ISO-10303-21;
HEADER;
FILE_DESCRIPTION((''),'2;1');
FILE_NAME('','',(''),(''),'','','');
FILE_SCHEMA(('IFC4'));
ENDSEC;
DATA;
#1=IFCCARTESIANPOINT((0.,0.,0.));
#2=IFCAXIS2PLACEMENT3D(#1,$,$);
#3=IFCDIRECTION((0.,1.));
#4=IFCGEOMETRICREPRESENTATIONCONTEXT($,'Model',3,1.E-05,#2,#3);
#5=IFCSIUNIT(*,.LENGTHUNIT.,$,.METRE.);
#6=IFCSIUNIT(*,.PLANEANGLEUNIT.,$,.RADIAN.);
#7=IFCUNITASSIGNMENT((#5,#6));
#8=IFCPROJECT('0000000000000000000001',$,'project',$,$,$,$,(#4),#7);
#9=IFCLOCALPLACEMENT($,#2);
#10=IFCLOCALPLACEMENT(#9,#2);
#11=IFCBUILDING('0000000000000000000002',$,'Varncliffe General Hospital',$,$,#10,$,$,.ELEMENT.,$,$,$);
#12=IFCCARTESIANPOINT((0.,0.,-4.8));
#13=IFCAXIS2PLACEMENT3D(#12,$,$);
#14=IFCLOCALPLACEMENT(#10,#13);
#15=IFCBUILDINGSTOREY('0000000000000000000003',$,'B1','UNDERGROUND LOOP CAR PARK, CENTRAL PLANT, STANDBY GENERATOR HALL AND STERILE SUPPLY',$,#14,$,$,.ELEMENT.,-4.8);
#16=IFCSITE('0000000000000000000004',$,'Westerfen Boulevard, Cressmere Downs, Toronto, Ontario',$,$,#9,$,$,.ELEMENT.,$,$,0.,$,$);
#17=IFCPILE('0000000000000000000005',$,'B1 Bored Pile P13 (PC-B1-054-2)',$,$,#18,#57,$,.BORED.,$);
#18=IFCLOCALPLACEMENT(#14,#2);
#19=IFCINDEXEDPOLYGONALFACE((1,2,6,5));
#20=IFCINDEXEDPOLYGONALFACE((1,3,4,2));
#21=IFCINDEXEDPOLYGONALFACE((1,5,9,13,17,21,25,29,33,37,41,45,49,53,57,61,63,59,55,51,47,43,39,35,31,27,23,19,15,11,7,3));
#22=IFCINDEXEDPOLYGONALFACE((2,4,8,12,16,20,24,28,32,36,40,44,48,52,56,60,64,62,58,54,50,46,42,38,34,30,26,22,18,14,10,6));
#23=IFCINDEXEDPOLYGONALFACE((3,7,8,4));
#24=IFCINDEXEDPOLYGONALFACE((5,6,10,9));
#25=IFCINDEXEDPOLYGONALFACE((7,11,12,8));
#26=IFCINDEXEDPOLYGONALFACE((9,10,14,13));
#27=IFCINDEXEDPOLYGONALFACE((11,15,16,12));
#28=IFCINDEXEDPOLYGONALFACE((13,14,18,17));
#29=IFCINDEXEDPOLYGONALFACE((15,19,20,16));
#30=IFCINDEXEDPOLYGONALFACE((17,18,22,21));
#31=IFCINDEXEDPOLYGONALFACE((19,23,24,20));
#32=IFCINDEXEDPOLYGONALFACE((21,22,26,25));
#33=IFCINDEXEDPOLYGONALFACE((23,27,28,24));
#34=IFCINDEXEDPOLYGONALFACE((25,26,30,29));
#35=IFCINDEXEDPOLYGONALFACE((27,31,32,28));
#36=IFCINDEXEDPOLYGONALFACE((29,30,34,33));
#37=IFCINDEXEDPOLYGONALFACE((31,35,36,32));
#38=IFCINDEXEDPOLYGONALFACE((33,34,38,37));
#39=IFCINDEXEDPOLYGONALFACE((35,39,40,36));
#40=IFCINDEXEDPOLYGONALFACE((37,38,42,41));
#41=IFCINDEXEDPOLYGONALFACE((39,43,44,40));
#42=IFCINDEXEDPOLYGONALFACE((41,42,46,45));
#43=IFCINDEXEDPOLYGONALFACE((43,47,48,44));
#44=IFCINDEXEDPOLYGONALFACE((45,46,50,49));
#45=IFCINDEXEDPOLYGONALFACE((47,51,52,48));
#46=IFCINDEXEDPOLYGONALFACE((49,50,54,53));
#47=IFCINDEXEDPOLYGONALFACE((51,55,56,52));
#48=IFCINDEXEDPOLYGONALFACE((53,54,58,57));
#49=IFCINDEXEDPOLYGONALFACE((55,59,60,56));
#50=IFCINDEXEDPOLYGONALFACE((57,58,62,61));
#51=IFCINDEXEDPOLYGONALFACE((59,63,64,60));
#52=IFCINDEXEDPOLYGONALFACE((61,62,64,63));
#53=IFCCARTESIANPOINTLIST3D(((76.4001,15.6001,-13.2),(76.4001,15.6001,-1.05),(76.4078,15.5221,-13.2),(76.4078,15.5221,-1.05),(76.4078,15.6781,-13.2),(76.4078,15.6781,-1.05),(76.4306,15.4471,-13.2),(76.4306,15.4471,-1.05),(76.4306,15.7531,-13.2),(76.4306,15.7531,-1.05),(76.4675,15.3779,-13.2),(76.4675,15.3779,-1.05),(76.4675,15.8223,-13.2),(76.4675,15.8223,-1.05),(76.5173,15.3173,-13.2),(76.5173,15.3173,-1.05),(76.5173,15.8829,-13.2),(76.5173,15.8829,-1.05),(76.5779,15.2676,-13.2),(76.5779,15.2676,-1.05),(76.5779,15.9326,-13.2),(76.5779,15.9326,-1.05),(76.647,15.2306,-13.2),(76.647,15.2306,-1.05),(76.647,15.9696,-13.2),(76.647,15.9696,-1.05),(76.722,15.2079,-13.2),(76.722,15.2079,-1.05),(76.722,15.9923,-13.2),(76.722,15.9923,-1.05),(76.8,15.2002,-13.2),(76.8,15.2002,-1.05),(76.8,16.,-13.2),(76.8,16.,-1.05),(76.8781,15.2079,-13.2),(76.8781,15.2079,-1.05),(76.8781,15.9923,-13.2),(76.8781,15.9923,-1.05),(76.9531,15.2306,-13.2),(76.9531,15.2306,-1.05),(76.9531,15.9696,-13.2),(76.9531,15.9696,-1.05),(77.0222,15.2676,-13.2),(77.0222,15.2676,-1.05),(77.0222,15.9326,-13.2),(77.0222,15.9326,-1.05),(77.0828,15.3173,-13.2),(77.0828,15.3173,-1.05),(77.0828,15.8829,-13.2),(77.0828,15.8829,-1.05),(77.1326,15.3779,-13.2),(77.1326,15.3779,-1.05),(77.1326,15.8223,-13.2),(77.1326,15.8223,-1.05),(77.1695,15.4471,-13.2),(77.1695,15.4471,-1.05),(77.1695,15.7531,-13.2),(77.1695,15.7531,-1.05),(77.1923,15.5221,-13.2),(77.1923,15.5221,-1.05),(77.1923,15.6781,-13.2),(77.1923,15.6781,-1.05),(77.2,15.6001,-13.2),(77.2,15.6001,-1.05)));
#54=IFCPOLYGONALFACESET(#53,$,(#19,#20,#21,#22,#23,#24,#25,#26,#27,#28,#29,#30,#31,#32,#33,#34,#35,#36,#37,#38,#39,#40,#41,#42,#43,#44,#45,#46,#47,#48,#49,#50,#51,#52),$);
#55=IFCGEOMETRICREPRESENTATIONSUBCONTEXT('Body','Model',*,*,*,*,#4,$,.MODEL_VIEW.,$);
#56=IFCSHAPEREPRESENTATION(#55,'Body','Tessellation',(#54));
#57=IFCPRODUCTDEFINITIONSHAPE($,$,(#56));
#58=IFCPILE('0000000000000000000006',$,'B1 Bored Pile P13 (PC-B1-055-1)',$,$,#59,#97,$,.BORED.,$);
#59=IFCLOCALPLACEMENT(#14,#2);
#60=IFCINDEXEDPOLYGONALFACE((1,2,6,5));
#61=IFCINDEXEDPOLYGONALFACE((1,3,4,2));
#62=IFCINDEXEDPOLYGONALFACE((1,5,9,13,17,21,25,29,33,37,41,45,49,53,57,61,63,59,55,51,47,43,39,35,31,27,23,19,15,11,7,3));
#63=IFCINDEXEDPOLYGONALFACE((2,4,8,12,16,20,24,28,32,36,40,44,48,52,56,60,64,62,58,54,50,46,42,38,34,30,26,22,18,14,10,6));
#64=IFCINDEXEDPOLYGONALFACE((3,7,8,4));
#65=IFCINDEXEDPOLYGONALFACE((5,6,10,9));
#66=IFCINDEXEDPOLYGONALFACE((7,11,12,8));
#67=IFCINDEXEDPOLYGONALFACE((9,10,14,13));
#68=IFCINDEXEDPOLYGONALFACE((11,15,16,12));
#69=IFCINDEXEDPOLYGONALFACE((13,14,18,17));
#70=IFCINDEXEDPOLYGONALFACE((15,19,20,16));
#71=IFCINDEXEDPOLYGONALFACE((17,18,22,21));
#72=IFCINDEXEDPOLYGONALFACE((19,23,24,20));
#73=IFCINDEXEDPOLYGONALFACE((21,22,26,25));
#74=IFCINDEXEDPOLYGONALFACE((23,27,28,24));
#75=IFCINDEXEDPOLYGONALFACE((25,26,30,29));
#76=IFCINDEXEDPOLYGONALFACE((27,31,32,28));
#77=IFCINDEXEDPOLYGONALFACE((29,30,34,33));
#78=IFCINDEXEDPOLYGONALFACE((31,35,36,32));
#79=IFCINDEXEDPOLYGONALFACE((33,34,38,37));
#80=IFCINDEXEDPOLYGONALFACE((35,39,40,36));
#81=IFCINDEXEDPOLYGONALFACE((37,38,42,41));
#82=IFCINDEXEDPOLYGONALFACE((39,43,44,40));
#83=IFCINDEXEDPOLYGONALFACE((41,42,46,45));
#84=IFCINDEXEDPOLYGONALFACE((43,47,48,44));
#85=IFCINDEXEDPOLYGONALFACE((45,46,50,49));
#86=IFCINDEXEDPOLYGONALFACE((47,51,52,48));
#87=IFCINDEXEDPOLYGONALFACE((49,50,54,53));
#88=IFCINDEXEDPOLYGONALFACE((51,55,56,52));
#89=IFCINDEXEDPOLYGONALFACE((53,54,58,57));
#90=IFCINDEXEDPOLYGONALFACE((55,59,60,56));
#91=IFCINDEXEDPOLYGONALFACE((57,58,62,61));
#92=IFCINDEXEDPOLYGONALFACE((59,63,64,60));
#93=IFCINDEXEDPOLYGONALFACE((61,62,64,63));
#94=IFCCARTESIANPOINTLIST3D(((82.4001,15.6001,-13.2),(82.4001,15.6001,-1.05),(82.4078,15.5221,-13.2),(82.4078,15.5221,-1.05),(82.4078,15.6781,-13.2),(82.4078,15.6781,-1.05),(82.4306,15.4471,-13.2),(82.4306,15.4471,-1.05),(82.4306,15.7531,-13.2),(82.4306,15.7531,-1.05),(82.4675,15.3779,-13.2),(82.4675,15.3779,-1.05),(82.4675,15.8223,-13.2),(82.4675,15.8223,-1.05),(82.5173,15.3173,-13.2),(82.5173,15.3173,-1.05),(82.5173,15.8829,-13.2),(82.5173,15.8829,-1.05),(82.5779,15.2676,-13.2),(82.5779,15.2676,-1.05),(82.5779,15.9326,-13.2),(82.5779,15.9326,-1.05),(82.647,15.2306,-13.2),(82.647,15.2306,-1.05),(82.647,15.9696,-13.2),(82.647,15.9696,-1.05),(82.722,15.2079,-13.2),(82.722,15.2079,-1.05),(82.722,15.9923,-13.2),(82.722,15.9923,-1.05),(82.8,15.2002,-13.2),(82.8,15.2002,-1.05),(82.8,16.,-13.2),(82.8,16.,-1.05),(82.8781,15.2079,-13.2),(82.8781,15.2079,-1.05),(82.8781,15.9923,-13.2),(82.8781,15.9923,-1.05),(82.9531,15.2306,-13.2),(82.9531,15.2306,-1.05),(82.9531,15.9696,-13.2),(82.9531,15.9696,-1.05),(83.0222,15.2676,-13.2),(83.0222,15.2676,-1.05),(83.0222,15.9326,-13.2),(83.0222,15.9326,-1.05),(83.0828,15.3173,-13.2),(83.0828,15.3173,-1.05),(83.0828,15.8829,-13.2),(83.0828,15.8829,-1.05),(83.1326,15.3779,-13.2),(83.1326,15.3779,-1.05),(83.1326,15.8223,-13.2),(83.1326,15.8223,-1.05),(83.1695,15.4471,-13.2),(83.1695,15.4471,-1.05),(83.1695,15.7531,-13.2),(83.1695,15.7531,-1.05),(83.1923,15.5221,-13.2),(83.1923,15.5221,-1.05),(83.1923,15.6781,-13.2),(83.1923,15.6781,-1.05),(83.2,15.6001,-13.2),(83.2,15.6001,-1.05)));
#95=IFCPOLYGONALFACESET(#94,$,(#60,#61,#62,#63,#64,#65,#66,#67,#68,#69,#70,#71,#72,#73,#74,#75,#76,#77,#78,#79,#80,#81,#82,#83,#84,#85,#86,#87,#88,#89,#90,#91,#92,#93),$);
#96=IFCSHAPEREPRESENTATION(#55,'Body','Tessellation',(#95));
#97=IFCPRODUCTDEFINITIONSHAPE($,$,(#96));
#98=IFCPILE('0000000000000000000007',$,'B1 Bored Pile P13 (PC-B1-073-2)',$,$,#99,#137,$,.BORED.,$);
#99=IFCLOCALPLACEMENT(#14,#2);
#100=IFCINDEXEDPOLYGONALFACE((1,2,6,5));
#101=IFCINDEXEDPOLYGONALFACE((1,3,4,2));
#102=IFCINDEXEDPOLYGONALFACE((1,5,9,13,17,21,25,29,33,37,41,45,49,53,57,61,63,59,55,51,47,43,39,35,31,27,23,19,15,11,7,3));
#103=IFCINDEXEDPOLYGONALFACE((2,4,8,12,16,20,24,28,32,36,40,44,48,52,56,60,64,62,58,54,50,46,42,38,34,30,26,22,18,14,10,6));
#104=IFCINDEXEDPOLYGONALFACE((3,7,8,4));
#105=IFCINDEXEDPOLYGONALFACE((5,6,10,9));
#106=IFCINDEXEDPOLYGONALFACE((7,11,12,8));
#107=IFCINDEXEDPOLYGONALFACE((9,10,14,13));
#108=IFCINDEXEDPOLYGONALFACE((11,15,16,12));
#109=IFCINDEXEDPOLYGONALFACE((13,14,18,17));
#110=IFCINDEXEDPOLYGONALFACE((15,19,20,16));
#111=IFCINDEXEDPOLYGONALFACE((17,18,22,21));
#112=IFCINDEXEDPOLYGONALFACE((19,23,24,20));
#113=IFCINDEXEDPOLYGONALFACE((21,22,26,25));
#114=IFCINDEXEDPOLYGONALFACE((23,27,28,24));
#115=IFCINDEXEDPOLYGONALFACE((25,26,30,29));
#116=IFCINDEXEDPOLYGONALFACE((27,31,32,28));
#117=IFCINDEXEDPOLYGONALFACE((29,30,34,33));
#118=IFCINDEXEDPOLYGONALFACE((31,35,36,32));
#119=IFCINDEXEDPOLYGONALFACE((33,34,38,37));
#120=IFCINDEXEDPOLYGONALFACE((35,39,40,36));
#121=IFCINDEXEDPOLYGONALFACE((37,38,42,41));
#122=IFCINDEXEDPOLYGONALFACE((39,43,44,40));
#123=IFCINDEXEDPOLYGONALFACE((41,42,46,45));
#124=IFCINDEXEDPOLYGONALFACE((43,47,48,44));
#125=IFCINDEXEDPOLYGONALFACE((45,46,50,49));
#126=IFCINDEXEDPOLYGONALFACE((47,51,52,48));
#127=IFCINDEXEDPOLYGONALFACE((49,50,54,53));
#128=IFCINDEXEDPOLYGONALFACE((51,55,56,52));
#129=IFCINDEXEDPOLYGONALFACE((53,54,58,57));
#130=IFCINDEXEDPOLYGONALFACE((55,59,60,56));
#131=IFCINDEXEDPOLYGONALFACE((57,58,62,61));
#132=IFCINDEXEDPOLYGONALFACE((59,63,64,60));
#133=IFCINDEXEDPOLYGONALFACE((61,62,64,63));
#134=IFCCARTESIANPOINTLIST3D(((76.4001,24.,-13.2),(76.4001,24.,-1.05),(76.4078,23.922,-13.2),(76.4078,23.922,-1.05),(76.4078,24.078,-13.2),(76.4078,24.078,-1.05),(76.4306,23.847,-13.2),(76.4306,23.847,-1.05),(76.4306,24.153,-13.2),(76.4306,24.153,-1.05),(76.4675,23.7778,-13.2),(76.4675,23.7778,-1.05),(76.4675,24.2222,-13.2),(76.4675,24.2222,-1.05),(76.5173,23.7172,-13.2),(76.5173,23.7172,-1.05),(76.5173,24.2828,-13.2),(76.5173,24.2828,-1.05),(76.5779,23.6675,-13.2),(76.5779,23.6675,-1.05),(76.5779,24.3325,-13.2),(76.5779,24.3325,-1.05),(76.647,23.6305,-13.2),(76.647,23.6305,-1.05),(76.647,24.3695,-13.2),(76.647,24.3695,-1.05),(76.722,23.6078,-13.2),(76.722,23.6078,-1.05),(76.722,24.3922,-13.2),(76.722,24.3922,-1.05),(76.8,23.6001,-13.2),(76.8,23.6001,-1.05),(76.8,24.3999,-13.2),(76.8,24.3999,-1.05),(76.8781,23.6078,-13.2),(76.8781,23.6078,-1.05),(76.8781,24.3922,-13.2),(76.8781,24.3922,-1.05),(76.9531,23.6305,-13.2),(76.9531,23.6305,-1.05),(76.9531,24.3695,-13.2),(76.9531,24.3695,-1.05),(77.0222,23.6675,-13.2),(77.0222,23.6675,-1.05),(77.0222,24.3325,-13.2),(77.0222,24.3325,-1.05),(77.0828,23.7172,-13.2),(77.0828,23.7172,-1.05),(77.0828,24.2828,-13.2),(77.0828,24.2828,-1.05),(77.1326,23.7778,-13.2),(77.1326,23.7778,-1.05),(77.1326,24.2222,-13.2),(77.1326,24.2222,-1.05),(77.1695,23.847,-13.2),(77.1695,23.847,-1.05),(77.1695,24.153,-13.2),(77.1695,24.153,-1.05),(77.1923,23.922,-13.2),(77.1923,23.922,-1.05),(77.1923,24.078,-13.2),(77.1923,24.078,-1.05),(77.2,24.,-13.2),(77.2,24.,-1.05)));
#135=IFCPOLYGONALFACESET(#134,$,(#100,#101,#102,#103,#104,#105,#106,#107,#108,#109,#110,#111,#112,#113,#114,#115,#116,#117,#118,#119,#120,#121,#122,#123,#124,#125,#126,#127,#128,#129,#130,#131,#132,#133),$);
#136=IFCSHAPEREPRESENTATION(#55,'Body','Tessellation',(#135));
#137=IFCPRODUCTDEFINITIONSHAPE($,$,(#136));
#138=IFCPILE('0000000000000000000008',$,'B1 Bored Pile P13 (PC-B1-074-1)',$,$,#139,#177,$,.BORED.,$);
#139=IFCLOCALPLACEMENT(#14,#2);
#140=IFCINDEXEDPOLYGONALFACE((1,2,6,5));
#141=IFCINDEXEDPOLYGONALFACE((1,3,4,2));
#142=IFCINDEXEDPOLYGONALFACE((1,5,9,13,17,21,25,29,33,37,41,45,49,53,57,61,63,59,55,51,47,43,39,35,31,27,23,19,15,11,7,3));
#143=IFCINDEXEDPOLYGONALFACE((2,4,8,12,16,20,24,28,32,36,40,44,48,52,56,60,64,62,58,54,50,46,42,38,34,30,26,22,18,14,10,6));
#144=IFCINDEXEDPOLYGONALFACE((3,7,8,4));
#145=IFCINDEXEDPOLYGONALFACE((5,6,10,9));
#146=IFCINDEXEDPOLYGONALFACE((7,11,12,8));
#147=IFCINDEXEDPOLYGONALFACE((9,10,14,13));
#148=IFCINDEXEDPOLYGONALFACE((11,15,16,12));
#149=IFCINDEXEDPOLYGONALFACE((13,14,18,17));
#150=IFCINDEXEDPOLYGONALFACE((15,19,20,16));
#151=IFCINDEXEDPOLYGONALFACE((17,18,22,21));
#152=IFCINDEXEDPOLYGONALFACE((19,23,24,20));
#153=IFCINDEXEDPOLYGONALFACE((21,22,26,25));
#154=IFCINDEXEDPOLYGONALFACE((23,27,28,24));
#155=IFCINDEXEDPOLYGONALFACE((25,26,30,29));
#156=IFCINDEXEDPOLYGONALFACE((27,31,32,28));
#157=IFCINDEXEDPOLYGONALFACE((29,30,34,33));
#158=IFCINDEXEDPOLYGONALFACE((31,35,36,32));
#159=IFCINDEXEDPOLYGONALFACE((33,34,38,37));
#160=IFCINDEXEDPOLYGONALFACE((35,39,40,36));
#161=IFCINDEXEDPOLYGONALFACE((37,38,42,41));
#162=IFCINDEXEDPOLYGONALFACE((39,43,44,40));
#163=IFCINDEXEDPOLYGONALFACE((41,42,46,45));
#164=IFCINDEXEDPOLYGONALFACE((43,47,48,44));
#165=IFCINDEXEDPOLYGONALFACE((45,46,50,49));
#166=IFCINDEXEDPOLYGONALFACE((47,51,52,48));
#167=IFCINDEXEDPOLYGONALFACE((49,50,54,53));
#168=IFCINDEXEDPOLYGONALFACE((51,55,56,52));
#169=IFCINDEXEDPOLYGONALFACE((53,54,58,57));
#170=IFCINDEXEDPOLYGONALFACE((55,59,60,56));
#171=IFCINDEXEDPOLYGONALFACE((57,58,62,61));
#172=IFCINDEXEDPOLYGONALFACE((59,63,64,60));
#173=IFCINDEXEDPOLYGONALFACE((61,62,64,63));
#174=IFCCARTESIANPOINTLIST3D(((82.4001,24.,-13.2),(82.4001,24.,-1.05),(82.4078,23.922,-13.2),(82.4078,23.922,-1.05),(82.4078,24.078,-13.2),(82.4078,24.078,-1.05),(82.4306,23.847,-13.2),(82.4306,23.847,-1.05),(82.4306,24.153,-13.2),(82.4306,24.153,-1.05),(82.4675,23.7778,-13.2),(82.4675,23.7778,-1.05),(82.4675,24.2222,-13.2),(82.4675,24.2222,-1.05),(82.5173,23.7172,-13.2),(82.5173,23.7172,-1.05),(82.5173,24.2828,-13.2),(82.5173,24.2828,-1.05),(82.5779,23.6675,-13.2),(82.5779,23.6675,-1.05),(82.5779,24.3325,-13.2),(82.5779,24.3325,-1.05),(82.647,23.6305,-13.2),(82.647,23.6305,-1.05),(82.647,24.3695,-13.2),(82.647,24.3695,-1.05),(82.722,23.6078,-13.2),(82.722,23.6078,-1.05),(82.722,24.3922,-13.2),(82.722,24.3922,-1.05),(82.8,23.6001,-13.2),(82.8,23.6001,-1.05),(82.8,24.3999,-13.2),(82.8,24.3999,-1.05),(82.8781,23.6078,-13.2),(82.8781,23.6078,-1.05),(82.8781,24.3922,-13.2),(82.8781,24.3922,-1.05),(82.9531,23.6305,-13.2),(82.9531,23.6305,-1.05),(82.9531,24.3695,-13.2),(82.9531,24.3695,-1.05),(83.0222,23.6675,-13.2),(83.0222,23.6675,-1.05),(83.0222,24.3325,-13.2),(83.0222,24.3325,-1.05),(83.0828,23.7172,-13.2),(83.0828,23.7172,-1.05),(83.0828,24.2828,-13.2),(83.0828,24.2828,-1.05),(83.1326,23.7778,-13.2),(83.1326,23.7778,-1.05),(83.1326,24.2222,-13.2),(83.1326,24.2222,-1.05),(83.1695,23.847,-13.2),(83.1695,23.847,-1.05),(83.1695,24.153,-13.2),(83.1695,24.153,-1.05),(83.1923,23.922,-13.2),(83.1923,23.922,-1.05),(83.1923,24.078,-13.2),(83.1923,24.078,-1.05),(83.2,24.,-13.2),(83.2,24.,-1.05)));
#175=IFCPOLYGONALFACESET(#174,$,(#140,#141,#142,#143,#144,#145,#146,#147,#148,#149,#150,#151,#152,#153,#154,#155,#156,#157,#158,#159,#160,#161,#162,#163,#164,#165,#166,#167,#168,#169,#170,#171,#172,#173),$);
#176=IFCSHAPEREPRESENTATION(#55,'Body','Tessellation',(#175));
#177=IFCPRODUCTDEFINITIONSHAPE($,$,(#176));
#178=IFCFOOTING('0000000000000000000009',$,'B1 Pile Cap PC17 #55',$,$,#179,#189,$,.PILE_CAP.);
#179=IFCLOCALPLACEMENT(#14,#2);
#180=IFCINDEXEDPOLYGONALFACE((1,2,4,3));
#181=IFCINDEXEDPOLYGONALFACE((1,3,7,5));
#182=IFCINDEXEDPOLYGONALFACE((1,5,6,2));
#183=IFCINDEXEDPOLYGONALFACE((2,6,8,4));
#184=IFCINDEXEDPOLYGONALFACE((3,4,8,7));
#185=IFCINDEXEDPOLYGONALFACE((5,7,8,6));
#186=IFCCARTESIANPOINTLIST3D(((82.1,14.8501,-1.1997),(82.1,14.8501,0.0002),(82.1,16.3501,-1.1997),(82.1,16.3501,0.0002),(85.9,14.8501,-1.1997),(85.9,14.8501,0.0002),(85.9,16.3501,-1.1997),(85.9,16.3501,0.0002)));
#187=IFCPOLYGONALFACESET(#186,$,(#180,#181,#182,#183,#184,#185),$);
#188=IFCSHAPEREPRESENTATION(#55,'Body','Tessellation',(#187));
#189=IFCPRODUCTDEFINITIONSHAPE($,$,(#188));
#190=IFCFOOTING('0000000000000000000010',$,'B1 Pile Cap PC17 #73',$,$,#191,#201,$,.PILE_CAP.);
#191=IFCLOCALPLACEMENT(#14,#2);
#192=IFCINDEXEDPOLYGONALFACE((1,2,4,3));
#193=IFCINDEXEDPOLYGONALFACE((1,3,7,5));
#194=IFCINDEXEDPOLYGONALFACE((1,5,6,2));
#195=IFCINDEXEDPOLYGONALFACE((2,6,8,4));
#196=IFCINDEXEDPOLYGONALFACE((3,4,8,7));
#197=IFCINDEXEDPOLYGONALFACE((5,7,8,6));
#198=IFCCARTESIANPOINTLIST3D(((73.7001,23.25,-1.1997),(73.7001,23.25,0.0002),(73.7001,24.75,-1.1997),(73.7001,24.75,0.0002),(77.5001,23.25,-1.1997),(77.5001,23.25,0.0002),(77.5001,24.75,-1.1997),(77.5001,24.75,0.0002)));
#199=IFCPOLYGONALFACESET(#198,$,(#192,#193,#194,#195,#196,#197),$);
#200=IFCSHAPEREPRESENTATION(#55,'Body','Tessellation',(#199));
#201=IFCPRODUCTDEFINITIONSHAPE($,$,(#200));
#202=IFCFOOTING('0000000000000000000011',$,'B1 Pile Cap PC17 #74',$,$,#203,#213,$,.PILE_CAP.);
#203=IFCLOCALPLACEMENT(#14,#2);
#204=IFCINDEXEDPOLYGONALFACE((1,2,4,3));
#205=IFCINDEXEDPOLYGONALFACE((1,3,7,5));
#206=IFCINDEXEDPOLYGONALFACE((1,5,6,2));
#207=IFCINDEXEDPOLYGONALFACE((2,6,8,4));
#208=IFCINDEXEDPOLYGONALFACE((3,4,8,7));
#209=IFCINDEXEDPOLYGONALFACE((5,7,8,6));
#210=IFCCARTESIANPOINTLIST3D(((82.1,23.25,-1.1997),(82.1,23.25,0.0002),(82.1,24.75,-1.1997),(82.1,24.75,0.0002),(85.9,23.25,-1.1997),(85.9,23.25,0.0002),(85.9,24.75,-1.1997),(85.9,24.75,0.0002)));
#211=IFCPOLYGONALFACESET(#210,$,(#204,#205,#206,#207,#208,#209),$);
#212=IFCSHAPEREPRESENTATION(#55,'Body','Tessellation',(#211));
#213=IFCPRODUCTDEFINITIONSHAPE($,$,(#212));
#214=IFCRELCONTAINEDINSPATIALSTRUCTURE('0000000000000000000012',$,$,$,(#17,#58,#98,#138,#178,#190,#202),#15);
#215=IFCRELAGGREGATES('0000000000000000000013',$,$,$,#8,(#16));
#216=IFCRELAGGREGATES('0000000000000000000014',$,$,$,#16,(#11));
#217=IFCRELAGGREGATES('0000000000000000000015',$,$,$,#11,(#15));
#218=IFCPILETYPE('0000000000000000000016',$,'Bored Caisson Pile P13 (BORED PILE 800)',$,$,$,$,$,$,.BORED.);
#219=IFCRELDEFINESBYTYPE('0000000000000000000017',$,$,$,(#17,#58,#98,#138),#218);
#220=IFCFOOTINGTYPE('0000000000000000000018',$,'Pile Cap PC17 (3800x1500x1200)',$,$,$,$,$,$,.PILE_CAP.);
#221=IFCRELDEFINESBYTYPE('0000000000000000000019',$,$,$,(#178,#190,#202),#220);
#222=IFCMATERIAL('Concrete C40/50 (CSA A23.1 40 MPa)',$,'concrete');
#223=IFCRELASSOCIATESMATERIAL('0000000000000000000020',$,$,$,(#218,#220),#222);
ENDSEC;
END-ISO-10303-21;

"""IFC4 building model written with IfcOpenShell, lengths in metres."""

from ifc_helpers import new_model, si_unit, direction, frame, origin, origin_2d, place, context, subcontext, project, spatial, rectangle, circle, extrude, material, material_profile, profile_set, type_object, element, save


model = new_model("IFC4")

# Units and contexts
model_context = context("Model", 3, precision=1e-05, world=origin(), true_north=direction((0.0, 1.0)))
body_context = subcontext(model_context, "Body", "Model", "MODEL_VIEW")
ifc_project = project(units=[si_unit("LENGTHUNIT", "METRE"), si_unit("PLANEANGLEUNIT", "RADIAN")], contexts=[model_context])

# Site, building, storey
site_placement = place(None, origin())
site = spatial("IfcSite", under=ifc_project, at=site_placement, Name="Westerfen Boulevard, Cressmere Downs, Toronto, Ontario", CompositionType="ELEMENT", RefElevation=0.0)
building_placement = place(site_placement, origin())
building = spatial("IfcBuilding", under=site, at=building_placement, Name="Varncliffe General Hospital", CompositionType="ELEMENT")
storey_placement = place(building_placement, frame((0.0, 0.0, -4.8)))
storey = spatial("IfcBuildingStorey", under=building, at=storey_placement, Name="B1", Description="UNDERGROUND LOOP CAR PARK, CENTRAL PLANT, STANDBY GENERATOR HALL AND STERILE SUPPLY", CompositionType="ELEMENT", Elevation=-4.8)

# Piles
ifc_material_1 = material(Name="Concrete C40/50 (CSA A23.1 40 MPa)", Category="concrete")
ifc_material_profile_1 = material_profile(ifc_material_1, circle(Radius=0.3999, at=origin_2d()), Name="BORED PILE 800")
ifc_profile_set_1 = profile_set([ifc_material_profile_1], Name="Concrete C40/50 (CSA A23.1 40 MPa)")
pile_type = type_object("IfcPileType", Name="Bored Caisson Pile P13 (BORED PILE 800)", PredefinedType="BORED", material=ifc_profile_set_1)
for number, where, z_axis, x_axis, name in (
    (1, (76.8, 15.6001, -1.05), (0.0, 0.0, -1.0), (1.0, 0.0, 0.0), "B1 Bored Pile P13 (PC-B1-054-2)"),
    (2, (82.8, 15.6001, -1.05), (0.0, 0.0, -1.0), (1.0, 0.0, 0.0), "B1 Bored Pile P13 (PC-B1-055-1)"),
    (3, (76.8, 24.0, -1.05), (0.0, 0.0, -1.0), (1.0, 0.0, 0.0), "B1 Bored Pile P13 (PC-B1-073-2)"),
    (4, (82.8, 24.0, -1.05), (0.0, 0.0, -1.0), (1.0, 0.0, 0.0), "B1 Bored Pile P13 (PC-B1-074-1)"),
):
    element("IfcPile", number, at=place(storey_placement, frame(where, z_axis=z_axis, x_axis=x_axis)), inside=storey, type_object=pile_type, Name=name, PredefinedType="BORED", context=body_context, shape_type="SweptSolid", body=[
        extrude(circle(Radius=0.3999, at=origin_2d()), origin(), (0.0, 0.0, 1.0), 12.1499),
    ])

# Footings
footing_type_1 = type_object("IfcFootingType", Name="Pile Cap PC17 (3800x1500x1200)", PredefinedType="PILE_CAP", material=ifc_material_1)
for number, where, z_axis, x_axis, name in (
    (5, (84.0, 15.6001, -1.1997), (0.0, 0.0, 1.0), (1.0, 0.0, 0.0), "B1 Pile Cap PC17 #55"),
    (6, (75.6001, 24.0, -1.1997), (0.0, 0.0, 1.0), (1.0, 0.0, 0.0), "B1 Pile Cap PC17 #73"),
    (7, (84.0, 24.0, -1.1997), (0.0, 0.0, 1.0), (1.0, 0.0, 0.0), "B1 Pile Cap PC17 #74"),
):
    element("IfcFooting", number, at=place(storey_placement, frame(where, z_axis=z_axis, x_axis=x_axis)), inside=storey, type_object=footing_type_1, Name=name, PredefinedType="PILE_CAP", context=body_context, shape_type="SweptSolid", body=[
        extrude(rectangle(XDim=3.8, YDim=1.5, at=origin_2d()), origin(), (0.0, 0.0, 1.0), 1.2),
    ])

save(model, "model.ifc")
